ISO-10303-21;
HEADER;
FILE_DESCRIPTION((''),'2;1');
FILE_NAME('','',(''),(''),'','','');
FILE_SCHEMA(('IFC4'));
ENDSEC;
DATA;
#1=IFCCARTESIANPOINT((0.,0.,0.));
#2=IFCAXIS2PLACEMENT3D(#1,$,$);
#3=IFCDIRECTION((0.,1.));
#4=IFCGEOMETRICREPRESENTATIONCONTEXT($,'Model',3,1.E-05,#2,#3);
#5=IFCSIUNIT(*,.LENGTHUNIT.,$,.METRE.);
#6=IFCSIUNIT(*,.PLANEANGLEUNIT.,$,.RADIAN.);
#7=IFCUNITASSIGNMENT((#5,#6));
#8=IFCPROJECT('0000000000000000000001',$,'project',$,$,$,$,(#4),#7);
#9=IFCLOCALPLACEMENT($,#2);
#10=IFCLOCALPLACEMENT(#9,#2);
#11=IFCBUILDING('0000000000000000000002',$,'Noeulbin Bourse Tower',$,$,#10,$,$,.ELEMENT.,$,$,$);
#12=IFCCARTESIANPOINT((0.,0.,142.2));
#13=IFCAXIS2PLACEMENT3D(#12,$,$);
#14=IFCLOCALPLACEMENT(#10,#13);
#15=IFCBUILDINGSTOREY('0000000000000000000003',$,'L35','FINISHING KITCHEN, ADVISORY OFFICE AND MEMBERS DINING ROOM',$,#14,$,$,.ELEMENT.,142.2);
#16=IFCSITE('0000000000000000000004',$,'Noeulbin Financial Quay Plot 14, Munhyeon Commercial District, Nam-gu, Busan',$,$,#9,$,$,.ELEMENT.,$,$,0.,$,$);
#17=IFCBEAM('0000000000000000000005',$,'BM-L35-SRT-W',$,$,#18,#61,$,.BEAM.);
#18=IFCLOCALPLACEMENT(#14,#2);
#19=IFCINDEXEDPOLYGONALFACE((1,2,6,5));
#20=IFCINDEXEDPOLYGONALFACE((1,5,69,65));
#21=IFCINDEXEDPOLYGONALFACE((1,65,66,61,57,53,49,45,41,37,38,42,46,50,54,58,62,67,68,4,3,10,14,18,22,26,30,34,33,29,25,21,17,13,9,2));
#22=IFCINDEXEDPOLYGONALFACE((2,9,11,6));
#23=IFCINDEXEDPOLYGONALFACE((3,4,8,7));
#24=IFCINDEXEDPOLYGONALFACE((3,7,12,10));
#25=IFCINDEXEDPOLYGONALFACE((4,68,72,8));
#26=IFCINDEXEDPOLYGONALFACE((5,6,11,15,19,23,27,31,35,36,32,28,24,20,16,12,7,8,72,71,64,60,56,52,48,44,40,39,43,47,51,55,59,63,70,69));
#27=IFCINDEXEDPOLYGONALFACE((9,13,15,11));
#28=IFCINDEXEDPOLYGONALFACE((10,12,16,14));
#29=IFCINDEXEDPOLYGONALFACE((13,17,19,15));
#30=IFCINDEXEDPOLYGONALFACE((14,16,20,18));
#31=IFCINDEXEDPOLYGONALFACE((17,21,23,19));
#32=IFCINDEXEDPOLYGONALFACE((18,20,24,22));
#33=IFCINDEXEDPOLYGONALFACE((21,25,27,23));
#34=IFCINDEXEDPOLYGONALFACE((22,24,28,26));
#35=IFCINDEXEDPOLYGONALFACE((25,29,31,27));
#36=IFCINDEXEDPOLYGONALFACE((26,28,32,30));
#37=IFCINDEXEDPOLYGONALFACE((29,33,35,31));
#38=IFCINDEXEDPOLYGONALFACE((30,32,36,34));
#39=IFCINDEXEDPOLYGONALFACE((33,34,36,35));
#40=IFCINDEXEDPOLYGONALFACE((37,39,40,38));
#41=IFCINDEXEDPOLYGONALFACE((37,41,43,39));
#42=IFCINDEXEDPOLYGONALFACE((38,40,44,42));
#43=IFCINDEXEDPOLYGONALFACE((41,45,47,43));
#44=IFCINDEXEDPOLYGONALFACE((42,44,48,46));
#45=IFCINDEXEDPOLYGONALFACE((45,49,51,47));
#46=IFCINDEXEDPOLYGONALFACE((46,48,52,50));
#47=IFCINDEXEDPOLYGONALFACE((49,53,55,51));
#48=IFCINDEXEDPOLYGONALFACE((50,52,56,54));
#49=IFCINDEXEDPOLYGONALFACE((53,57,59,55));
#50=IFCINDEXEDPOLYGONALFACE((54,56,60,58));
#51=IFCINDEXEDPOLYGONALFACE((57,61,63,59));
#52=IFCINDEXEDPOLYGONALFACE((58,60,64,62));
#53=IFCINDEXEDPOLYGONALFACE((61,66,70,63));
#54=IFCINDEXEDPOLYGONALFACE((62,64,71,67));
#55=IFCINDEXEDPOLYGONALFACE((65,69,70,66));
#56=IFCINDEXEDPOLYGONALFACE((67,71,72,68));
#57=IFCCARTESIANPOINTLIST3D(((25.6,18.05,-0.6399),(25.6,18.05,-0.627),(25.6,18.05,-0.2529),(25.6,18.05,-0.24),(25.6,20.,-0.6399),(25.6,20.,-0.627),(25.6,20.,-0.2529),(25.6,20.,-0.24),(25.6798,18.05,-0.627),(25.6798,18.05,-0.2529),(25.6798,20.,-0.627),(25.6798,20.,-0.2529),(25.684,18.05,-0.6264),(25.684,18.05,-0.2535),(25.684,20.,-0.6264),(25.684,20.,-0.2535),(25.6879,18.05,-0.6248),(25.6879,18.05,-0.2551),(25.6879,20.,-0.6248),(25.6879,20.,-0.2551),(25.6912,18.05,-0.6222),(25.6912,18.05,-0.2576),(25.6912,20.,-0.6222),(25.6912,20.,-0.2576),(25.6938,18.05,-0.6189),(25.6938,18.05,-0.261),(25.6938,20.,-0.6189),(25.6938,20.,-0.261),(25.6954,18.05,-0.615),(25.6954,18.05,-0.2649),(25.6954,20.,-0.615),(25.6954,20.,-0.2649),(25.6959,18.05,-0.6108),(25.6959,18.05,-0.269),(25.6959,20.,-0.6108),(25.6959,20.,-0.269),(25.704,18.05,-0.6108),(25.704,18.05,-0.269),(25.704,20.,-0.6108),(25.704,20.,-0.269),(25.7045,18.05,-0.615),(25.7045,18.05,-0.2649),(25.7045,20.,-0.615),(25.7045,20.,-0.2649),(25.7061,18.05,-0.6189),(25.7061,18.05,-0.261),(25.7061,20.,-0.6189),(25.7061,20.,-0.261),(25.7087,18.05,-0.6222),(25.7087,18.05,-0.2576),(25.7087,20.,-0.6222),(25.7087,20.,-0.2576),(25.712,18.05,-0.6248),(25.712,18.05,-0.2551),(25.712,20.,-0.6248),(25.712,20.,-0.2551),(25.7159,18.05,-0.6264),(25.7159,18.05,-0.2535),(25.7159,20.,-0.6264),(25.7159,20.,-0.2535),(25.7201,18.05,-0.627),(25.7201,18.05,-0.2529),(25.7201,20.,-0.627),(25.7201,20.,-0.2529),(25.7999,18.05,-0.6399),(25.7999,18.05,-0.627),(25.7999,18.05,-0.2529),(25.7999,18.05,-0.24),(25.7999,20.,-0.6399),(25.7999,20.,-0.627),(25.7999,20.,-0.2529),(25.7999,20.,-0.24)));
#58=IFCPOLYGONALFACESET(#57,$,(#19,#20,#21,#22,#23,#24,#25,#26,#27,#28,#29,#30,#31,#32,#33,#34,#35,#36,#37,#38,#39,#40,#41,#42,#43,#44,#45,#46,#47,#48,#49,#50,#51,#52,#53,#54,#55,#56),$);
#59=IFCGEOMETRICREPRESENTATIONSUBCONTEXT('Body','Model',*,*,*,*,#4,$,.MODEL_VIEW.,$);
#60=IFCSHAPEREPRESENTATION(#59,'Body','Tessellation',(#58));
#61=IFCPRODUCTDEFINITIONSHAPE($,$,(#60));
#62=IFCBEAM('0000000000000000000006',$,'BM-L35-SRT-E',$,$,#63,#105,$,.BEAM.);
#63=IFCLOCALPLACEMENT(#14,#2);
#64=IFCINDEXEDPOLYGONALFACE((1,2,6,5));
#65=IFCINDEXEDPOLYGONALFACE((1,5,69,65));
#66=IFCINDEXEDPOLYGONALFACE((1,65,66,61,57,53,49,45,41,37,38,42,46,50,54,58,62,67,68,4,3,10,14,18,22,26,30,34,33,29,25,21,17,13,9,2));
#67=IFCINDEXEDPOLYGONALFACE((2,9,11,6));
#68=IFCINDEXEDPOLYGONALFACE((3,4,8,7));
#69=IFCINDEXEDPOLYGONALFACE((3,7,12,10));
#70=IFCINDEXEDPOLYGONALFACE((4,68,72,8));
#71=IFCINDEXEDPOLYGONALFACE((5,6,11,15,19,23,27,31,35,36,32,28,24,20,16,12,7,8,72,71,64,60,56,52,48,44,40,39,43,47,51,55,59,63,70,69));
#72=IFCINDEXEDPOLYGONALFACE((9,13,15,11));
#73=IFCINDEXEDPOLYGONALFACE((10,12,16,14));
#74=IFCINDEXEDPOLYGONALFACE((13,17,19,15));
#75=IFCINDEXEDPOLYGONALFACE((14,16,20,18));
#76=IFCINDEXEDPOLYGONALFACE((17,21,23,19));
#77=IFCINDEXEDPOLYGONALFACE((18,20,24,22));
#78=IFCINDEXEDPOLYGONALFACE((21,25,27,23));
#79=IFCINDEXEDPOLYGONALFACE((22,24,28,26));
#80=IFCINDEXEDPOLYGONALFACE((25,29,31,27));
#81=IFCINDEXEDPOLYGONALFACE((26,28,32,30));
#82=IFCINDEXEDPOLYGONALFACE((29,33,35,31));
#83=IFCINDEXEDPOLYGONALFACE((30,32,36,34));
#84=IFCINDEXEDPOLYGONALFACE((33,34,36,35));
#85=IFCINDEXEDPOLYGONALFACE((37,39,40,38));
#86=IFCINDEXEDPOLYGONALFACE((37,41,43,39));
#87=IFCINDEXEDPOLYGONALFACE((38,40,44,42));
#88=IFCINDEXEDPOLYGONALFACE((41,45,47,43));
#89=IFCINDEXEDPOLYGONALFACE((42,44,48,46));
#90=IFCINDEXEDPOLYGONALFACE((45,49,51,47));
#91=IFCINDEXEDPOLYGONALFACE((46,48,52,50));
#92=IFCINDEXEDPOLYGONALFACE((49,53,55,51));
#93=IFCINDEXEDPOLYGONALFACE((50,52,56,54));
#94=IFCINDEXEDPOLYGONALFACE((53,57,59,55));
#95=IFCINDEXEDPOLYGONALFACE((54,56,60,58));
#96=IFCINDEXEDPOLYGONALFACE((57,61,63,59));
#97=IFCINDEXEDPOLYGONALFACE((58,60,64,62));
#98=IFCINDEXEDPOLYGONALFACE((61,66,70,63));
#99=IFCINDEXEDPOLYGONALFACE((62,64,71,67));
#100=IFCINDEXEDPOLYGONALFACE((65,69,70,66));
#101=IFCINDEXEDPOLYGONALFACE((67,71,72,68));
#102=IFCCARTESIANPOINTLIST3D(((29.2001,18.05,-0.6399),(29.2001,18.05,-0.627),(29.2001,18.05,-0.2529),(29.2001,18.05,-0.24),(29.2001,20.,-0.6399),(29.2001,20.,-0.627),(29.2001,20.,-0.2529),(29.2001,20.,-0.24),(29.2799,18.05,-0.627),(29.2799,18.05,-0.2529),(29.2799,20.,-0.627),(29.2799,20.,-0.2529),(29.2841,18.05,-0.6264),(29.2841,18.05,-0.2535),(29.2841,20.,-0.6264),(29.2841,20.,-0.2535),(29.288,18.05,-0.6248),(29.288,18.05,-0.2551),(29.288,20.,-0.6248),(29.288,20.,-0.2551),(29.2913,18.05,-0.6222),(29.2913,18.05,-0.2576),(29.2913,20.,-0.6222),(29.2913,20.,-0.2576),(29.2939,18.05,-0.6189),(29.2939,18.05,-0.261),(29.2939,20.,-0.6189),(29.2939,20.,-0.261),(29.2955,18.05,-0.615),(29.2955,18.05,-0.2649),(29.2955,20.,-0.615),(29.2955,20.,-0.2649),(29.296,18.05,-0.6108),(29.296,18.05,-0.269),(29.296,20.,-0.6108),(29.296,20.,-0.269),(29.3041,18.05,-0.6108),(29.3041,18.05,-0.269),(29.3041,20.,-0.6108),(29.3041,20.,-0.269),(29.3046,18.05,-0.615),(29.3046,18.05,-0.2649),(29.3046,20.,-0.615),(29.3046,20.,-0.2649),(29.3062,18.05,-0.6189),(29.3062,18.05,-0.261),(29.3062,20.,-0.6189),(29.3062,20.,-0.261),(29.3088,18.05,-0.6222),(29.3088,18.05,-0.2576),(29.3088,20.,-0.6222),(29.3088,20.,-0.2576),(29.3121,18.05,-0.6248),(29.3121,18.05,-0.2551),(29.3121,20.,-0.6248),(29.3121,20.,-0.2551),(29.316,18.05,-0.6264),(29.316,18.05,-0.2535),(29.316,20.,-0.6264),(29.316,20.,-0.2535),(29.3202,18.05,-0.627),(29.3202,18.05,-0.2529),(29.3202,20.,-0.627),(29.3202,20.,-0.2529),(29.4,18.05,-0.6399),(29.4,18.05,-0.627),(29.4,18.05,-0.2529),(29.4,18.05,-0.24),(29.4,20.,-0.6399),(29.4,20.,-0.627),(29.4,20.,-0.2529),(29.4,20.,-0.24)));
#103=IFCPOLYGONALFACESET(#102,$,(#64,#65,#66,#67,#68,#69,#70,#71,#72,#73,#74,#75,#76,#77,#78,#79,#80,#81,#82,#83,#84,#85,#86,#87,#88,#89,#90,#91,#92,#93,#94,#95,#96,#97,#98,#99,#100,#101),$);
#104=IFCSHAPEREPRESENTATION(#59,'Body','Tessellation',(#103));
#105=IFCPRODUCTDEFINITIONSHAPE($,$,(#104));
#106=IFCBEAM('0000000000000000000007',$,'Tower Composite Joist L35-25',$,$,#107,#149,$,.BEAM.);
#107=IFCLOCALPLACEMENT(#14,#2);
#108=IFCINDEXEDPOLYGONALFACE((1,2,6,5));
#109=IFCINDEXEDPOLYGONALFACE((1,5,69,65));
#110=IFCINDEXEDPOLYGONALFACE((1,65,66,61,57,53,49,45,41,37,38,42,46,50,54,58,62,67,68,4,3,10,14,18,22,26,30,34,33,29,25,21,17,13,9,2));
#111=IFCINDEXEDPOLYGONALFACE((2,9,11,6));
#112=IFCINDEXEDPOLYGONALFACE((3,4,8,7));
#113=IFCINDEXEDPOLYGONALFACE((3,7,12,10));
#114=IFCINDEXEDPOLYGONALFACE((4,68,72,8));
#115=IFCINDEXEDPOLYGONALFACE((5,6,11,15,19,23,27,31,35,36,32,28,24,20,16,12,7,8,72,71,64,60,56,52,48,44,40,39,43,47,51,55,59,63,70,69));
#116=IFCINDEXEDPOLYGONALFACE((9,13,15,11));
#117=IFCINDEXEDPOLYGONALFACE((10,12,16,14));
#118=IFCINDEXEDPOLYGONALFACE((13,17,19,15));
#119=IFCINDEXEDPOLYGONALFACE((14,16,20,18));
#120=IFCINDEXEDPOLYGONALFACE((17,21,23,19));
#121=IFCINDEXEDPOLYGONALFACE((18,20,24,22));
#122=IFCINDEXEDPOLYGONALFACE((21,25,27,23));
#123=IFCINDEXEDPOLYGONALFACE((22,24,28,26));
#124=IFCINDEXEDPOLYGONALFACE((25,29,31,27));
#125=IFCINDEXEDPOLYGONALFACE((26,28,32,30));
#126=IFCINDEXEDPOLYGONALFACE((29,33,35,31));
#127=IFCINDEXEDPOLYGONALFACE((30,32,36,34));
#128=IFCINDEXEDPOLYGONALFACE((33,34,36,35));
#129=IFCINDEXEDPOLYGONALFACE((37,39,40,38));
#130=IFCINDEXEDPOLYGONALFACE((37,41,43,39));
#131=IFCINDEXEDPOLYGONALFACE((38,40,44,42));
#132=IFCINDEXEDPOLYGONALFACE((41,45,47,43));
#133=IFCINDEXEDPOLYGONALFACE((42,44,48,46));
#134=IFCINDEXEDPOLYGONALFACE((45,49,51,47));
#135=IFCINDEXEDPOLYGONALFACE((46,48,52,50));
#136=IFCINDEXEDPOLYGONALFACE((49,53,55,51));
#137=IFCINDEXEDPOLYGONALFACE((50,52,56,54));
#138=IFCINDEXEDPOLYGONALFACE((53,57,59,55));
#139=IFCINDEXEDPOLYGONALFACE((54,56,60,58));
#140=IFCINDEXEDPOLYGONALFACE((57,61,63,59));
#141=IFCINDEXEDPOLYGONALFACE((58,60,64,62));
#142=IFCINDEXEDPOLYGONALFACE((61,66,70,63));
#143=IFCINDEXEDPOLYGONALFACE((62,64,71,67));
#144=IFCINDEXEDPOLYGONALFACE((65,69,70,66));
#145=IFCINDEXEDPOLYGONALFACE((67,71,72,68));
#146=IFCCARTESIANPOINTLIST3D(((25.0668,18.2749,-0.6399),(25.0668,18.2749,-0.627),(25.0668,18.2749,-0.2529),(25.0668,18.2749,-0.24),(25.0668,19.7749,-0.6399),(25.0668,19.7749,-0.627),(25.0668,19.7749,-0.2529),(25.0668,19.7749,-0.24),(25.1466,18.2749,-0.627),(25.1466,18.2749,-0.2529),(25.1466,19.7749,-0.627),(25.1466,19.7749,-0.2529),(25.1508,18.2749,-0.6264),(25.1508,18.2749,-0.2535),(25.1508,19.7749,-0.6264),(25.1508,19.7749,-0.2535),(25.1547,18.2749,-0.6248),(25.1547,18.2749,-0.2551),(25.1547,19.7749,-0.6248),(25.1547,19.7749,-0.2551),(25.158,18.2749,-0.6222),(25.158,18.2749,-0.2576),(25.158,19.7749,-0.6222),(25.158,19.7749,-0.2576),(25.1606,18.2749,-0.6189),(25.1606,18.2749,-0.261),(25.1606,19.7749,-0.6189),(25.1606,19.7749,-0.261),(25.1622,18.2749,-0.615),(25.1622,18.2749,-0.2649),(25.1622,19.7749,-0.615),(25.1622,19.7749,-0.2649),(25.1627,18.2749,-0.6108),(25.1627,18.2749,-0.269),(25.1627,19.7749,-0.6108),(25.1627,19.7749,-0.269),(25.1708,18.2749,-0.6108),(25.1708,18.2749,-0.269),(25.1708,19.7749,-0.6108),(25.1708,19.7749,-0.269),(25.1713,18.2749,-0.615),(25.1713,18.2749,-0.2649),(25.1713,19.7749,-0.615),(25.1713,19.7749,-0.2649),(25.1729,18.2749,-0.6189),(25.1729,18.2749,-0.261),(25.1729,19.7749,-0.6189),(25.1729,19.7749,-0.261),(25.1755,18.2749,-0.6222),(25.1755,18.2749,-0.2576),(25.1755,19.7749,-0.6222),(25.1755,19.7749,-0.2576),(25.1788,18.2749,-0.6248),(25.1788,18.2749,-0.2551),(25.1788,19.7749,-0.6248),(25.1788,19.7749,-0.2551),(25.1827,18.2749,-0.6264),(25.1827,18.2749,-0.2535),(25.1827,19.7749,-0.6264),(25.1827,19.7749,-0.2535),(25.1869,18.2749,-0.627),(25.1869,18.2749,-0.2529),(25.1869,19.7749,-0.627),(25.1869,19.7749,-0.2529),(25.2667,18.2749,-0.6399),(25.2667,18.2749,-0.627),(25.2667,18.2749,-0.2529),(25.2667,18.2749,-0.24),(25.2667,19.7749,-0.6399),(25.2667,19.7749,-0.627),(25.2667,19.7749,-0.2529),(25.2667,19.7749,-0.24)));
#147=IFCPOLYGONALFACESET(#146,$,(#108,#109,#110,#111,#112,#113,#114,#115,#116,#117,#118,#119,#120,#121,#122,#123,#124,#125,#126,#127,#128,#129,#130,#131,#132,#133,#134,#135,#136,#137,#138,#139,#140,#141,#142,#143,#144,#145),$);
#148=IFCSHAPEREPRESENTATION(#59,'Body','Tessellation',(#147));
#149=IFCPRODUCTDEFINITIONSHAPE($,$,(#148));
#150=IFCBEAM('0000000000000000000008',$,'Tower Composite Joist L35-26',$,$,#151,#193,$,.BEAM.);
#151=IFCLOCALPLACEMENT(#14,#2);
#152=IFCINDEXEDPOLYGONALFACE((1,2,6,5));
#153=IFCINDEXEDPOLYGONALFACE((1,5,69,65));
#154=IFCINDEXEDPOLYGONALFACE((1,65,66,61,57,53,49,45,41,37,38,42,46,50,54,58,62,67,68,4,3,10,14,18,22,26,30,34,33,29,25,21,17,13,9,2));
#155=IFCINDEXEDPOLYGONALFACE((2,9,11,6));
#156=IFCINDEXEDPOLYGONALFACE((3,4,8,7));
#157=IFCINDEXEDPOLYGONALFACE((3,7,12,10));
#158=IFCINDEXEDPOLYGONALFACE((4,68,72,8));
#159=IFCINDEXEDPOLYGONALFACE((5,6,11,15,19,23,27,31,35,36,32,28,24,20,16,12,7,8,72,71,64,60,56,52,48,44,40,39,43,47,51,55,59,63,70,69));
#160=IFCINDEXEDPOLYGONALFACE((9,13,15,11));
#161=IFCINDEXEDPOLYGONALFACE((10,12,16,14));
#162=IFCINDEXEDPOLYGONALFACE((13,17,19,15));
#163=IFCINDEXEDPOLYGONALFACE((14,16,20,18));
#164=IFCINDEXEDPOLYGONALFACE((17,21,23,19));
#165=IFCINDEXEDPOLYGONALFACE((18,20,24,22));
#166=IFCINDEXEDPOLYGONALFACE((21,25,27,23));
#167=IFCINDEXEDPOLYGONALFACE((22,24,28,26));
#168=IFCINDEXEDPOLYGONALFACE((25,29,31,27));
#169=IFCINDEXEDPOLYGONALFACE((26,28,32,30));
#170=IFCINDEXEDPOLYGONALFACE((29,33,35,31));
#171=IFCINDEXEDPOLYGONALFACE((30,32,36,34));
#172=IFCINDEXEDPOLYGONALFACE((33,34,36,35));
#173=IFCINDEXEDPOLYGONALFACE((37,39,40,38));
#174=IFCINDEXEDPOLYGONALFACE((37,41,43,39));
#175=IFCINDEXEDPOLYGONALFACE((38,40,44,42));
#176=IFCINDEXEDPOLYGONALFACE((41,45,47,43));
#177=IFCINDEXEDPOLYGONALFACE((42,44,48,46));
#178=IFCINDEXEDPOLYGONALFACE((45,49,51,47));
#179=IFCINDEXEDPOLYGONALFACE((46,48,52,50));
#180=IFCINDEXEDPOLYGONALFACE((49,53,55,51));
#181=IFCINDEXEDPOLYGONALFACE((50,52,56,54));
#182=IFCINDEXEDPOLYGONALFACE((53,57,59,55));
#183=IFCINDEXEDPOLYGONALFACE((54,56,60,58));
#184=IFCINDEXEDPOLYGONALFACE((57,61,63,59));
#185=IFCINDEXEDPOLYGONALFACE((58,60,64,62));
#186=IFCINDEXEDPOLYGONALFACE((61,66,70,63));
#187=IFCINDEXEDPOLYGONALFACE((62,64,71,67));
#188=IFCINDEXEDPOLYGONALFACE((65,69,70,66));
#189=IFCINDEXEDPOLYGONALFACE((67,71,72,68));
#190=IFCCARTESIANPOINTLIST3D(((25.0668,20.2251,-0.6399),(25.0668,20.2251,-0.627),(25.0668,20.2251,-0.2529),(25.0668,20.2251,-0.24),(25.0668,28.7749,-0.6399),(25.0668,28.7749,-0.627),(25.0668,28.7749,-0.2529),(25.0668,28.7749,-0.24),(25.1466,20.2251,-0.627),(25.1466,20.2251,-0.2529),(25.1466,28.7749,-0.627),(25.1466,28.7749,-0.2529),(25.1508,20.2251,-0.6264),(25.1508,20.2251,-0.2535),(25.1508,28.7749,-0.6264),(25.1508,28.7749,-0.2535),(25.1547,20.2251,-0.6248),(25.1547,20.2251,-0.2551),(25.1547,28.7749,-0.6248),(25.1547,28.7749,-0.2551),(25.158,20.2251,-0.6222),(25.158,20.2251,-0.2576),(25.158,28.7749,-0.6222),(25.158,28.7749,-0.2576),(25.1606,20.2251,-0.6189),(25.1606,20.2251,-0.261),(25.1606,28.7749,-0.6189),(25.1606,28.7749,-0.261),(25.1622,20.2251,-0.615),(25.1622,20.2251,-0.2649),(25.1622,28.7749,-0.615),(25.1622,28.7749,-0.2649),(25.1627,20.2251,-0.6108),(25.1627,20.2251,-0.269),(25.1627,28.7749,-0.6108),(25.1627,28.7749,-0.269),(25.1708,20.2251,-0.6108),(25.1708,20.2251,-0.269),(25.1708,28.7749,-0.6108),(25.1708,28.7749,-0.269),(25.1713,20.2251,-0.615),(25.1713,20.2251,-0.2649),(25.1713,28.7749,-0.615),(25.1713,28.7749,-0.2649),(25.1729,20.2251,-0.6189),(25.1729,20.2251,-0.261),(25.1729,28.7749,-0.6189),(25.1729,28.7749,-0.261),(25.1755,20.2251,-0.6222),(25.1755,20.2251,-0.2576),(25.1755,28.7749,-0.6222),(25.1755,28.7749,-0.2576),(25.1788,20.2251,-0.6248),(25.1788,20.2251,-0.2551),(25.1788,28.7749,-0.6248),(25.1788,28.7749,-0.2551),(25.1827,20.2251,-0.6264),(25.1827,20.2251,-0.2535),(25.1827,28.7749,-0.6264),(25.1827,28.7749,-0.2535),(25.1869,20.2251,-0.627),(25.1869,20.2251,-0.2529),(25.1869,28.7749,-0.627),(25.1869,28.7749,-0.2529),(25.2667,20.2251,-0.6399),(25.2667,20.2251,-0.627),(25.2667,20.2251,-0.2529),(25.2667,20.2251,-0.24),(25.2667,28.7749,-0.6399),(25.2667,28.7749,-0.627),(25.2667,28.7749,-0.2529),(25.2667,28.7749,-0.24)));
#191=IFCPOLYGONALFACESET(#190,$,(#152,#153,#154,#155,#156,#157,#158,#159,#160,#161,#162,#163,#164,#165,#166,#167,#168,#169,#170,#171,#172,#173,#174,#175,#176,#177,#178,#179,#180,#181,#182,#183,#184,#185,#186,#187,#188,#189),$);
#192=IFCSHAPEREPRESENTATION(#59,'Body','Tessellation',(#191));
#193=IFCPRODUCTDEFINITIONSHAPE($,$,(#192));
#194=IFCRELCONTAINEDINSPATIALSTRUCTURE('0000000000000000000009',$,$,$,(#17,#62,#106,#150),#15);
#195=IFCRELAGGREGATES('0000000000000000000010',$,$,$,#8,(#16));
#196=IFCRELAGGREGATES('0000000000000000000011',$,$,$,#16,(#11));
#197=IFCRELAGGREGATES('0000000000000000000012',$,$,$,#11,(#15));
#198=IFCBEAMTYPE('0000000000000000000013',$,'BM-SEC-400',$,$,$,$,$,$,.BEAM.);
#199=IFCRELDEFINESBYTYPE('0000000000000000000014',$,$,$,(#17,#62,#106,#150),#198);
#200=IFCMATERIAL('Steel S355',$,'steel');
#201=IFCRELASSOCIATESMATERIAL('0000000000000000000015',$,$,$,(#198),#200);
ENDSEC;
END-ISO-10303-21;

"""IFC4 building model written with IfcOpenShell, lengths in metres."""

from ifc_helpers import new_model, si_unit, direction, frame, origin, origin_2d, place, context, subcontext, project, spatial, i_section, extrude, material, material_profile, profile_set, type_object, element, save


model = new_model("IFC4")

# Units and contexts
model_context = context("Model", 3, precision=1e-05, world=origin(), true_north=direction((0.0, 1.0)))
body_context = subcontext(model_context, "Body", "Model", "MODEL_VIEW")
ifc_project = project(units=[si_unit("LENGTHUNIT", "METRE"), si_unit("PLANEANGLEUNIT", "RADIAN")], contexts=[model_context])

# Site, building, storey
site_placement = place(None, origin())
site = spatial("IfcSite", under=ifc_project, at=site_placement, Name="Noeulbin Financial Quay Plot 14, Munhyeon Commercial District, Nam-gu, Busan", CompositionType="ELEMENT", RefElevation=0.0)
building_placement = place(site_placement, origin())
building = spatial("IfcBuilding", under=site, at=building_placement, Name="Noeulbin Bourse Tower", CompositionType="ELEMENT")
storey_placement = place(building_placement, frame((0.0, 0.0, 142.2)))
storey = spatial("IfcBuildingStorey", under=building, at=storey_placement, Name="L35", Description="FINISHING KITCHEN, ADVISORY OFFICE AND MEMBERS DINING ROOM", CompositionType="ELEMENT", Elevation=142.2)

# Beams
ifc_material_1 = material(Name="Steel S355", Category="steel")
ifc_material_profile_1 = material_profile(ifc_material_1, i_section(OverallWidth=0.2, OverallDepth=0.3999, WebThickness=0.0081, FlangeThickness=0.0129, FilletRadius=0.0161, at=origin_2d()), Name="H-400x200x8x13", Category="LoadBearing")
ifc_profile_set_1 = profile_set([ifc_material_profile_1], Name="Steel S355")
beam_type_1 = type_object("IfcBeamType", Name="BM-SEC-400", PredefinedType="BEAM", material=ifc_profile_set_1)
for number, where, z_axis, x_axis, name in (
    (1, (25.7, 18.05, -0.4399), (0.0, 1.0, 0.0), (-1.0, 0.0, 0.0), "BM-L35-SRT-W"),
    (2, (29.3, 18.05, -0.4399), (0.0, 1.0, 0.0), (-1.0, 0.0, 0.0), "BM-L35-SRT-E"),
):
    element("IfcBeam", number, at=place(storey_placement, frame(where, z_axis=z_axis, x_axis=x_axis)), inside=storey, type_object=beam_type_1, Name=name, PredefinedType="BEAM", context=body_context, shape_type="SweptSolid", body=[
        extrude(i_section(OverallWidth=0.2, OverallDepth=0.3999, WebThickness=0.0081, FlangeThickness=0.0129, FilletRadius=0.0161, at=origin_2d()), origin(), (0.0, 0.0, 1.0), 1.95),
    ])
beam_1_placement = place(storey_placement, frame((25.1667, 18.2749, -0.4399), z_axis=(0.0, 1.0, 0.0), x_axis=(-1.0, 0.0, 0.0)))
element("IfcBeam", 3, at=beam_1_placement, inside=storey, type_object=beam_type_1, Name="Tower Composite Joist L35-25", PredefinedType="BEAM", context=body_context, shape_type="SweptSolid", body=[
    extrude(i_section(OverallWidth=0.2, OverallDepth=0.3999, WebThickness=0.0081, FlangeThickness=0.0129, FilletRadius=0.0161, at=origin_2d()), origin(), (0.0, 0.0, 1.0), 1.5),
])
beam_2_placement = place(storey_placement, frame((25.1667, 20.2251, -0.4399), z_axis=(0.0, 1.0, 0.0), x_axis=(-1.0, 0.0, 0.0)))
element("IfcBeam", 4, at=beam_2_placement, inside=storey, type_object=beam_type_1, Name="Tower Composite Joist L35-26", PredefinedType="BEAM", context=body_context, shape_type="SweptSolid", body=[
    extrude(i_section(OverallWidth=0.2, OverallDepth=0.3999, WebThickness=0.0081, FlangeThickness=0.0129, FilletRadius=0.0161, at=origin_2d()), origin(), (0.0, 0.0, 1.0), 8.5498),
])

save(model, "model.ifc")
